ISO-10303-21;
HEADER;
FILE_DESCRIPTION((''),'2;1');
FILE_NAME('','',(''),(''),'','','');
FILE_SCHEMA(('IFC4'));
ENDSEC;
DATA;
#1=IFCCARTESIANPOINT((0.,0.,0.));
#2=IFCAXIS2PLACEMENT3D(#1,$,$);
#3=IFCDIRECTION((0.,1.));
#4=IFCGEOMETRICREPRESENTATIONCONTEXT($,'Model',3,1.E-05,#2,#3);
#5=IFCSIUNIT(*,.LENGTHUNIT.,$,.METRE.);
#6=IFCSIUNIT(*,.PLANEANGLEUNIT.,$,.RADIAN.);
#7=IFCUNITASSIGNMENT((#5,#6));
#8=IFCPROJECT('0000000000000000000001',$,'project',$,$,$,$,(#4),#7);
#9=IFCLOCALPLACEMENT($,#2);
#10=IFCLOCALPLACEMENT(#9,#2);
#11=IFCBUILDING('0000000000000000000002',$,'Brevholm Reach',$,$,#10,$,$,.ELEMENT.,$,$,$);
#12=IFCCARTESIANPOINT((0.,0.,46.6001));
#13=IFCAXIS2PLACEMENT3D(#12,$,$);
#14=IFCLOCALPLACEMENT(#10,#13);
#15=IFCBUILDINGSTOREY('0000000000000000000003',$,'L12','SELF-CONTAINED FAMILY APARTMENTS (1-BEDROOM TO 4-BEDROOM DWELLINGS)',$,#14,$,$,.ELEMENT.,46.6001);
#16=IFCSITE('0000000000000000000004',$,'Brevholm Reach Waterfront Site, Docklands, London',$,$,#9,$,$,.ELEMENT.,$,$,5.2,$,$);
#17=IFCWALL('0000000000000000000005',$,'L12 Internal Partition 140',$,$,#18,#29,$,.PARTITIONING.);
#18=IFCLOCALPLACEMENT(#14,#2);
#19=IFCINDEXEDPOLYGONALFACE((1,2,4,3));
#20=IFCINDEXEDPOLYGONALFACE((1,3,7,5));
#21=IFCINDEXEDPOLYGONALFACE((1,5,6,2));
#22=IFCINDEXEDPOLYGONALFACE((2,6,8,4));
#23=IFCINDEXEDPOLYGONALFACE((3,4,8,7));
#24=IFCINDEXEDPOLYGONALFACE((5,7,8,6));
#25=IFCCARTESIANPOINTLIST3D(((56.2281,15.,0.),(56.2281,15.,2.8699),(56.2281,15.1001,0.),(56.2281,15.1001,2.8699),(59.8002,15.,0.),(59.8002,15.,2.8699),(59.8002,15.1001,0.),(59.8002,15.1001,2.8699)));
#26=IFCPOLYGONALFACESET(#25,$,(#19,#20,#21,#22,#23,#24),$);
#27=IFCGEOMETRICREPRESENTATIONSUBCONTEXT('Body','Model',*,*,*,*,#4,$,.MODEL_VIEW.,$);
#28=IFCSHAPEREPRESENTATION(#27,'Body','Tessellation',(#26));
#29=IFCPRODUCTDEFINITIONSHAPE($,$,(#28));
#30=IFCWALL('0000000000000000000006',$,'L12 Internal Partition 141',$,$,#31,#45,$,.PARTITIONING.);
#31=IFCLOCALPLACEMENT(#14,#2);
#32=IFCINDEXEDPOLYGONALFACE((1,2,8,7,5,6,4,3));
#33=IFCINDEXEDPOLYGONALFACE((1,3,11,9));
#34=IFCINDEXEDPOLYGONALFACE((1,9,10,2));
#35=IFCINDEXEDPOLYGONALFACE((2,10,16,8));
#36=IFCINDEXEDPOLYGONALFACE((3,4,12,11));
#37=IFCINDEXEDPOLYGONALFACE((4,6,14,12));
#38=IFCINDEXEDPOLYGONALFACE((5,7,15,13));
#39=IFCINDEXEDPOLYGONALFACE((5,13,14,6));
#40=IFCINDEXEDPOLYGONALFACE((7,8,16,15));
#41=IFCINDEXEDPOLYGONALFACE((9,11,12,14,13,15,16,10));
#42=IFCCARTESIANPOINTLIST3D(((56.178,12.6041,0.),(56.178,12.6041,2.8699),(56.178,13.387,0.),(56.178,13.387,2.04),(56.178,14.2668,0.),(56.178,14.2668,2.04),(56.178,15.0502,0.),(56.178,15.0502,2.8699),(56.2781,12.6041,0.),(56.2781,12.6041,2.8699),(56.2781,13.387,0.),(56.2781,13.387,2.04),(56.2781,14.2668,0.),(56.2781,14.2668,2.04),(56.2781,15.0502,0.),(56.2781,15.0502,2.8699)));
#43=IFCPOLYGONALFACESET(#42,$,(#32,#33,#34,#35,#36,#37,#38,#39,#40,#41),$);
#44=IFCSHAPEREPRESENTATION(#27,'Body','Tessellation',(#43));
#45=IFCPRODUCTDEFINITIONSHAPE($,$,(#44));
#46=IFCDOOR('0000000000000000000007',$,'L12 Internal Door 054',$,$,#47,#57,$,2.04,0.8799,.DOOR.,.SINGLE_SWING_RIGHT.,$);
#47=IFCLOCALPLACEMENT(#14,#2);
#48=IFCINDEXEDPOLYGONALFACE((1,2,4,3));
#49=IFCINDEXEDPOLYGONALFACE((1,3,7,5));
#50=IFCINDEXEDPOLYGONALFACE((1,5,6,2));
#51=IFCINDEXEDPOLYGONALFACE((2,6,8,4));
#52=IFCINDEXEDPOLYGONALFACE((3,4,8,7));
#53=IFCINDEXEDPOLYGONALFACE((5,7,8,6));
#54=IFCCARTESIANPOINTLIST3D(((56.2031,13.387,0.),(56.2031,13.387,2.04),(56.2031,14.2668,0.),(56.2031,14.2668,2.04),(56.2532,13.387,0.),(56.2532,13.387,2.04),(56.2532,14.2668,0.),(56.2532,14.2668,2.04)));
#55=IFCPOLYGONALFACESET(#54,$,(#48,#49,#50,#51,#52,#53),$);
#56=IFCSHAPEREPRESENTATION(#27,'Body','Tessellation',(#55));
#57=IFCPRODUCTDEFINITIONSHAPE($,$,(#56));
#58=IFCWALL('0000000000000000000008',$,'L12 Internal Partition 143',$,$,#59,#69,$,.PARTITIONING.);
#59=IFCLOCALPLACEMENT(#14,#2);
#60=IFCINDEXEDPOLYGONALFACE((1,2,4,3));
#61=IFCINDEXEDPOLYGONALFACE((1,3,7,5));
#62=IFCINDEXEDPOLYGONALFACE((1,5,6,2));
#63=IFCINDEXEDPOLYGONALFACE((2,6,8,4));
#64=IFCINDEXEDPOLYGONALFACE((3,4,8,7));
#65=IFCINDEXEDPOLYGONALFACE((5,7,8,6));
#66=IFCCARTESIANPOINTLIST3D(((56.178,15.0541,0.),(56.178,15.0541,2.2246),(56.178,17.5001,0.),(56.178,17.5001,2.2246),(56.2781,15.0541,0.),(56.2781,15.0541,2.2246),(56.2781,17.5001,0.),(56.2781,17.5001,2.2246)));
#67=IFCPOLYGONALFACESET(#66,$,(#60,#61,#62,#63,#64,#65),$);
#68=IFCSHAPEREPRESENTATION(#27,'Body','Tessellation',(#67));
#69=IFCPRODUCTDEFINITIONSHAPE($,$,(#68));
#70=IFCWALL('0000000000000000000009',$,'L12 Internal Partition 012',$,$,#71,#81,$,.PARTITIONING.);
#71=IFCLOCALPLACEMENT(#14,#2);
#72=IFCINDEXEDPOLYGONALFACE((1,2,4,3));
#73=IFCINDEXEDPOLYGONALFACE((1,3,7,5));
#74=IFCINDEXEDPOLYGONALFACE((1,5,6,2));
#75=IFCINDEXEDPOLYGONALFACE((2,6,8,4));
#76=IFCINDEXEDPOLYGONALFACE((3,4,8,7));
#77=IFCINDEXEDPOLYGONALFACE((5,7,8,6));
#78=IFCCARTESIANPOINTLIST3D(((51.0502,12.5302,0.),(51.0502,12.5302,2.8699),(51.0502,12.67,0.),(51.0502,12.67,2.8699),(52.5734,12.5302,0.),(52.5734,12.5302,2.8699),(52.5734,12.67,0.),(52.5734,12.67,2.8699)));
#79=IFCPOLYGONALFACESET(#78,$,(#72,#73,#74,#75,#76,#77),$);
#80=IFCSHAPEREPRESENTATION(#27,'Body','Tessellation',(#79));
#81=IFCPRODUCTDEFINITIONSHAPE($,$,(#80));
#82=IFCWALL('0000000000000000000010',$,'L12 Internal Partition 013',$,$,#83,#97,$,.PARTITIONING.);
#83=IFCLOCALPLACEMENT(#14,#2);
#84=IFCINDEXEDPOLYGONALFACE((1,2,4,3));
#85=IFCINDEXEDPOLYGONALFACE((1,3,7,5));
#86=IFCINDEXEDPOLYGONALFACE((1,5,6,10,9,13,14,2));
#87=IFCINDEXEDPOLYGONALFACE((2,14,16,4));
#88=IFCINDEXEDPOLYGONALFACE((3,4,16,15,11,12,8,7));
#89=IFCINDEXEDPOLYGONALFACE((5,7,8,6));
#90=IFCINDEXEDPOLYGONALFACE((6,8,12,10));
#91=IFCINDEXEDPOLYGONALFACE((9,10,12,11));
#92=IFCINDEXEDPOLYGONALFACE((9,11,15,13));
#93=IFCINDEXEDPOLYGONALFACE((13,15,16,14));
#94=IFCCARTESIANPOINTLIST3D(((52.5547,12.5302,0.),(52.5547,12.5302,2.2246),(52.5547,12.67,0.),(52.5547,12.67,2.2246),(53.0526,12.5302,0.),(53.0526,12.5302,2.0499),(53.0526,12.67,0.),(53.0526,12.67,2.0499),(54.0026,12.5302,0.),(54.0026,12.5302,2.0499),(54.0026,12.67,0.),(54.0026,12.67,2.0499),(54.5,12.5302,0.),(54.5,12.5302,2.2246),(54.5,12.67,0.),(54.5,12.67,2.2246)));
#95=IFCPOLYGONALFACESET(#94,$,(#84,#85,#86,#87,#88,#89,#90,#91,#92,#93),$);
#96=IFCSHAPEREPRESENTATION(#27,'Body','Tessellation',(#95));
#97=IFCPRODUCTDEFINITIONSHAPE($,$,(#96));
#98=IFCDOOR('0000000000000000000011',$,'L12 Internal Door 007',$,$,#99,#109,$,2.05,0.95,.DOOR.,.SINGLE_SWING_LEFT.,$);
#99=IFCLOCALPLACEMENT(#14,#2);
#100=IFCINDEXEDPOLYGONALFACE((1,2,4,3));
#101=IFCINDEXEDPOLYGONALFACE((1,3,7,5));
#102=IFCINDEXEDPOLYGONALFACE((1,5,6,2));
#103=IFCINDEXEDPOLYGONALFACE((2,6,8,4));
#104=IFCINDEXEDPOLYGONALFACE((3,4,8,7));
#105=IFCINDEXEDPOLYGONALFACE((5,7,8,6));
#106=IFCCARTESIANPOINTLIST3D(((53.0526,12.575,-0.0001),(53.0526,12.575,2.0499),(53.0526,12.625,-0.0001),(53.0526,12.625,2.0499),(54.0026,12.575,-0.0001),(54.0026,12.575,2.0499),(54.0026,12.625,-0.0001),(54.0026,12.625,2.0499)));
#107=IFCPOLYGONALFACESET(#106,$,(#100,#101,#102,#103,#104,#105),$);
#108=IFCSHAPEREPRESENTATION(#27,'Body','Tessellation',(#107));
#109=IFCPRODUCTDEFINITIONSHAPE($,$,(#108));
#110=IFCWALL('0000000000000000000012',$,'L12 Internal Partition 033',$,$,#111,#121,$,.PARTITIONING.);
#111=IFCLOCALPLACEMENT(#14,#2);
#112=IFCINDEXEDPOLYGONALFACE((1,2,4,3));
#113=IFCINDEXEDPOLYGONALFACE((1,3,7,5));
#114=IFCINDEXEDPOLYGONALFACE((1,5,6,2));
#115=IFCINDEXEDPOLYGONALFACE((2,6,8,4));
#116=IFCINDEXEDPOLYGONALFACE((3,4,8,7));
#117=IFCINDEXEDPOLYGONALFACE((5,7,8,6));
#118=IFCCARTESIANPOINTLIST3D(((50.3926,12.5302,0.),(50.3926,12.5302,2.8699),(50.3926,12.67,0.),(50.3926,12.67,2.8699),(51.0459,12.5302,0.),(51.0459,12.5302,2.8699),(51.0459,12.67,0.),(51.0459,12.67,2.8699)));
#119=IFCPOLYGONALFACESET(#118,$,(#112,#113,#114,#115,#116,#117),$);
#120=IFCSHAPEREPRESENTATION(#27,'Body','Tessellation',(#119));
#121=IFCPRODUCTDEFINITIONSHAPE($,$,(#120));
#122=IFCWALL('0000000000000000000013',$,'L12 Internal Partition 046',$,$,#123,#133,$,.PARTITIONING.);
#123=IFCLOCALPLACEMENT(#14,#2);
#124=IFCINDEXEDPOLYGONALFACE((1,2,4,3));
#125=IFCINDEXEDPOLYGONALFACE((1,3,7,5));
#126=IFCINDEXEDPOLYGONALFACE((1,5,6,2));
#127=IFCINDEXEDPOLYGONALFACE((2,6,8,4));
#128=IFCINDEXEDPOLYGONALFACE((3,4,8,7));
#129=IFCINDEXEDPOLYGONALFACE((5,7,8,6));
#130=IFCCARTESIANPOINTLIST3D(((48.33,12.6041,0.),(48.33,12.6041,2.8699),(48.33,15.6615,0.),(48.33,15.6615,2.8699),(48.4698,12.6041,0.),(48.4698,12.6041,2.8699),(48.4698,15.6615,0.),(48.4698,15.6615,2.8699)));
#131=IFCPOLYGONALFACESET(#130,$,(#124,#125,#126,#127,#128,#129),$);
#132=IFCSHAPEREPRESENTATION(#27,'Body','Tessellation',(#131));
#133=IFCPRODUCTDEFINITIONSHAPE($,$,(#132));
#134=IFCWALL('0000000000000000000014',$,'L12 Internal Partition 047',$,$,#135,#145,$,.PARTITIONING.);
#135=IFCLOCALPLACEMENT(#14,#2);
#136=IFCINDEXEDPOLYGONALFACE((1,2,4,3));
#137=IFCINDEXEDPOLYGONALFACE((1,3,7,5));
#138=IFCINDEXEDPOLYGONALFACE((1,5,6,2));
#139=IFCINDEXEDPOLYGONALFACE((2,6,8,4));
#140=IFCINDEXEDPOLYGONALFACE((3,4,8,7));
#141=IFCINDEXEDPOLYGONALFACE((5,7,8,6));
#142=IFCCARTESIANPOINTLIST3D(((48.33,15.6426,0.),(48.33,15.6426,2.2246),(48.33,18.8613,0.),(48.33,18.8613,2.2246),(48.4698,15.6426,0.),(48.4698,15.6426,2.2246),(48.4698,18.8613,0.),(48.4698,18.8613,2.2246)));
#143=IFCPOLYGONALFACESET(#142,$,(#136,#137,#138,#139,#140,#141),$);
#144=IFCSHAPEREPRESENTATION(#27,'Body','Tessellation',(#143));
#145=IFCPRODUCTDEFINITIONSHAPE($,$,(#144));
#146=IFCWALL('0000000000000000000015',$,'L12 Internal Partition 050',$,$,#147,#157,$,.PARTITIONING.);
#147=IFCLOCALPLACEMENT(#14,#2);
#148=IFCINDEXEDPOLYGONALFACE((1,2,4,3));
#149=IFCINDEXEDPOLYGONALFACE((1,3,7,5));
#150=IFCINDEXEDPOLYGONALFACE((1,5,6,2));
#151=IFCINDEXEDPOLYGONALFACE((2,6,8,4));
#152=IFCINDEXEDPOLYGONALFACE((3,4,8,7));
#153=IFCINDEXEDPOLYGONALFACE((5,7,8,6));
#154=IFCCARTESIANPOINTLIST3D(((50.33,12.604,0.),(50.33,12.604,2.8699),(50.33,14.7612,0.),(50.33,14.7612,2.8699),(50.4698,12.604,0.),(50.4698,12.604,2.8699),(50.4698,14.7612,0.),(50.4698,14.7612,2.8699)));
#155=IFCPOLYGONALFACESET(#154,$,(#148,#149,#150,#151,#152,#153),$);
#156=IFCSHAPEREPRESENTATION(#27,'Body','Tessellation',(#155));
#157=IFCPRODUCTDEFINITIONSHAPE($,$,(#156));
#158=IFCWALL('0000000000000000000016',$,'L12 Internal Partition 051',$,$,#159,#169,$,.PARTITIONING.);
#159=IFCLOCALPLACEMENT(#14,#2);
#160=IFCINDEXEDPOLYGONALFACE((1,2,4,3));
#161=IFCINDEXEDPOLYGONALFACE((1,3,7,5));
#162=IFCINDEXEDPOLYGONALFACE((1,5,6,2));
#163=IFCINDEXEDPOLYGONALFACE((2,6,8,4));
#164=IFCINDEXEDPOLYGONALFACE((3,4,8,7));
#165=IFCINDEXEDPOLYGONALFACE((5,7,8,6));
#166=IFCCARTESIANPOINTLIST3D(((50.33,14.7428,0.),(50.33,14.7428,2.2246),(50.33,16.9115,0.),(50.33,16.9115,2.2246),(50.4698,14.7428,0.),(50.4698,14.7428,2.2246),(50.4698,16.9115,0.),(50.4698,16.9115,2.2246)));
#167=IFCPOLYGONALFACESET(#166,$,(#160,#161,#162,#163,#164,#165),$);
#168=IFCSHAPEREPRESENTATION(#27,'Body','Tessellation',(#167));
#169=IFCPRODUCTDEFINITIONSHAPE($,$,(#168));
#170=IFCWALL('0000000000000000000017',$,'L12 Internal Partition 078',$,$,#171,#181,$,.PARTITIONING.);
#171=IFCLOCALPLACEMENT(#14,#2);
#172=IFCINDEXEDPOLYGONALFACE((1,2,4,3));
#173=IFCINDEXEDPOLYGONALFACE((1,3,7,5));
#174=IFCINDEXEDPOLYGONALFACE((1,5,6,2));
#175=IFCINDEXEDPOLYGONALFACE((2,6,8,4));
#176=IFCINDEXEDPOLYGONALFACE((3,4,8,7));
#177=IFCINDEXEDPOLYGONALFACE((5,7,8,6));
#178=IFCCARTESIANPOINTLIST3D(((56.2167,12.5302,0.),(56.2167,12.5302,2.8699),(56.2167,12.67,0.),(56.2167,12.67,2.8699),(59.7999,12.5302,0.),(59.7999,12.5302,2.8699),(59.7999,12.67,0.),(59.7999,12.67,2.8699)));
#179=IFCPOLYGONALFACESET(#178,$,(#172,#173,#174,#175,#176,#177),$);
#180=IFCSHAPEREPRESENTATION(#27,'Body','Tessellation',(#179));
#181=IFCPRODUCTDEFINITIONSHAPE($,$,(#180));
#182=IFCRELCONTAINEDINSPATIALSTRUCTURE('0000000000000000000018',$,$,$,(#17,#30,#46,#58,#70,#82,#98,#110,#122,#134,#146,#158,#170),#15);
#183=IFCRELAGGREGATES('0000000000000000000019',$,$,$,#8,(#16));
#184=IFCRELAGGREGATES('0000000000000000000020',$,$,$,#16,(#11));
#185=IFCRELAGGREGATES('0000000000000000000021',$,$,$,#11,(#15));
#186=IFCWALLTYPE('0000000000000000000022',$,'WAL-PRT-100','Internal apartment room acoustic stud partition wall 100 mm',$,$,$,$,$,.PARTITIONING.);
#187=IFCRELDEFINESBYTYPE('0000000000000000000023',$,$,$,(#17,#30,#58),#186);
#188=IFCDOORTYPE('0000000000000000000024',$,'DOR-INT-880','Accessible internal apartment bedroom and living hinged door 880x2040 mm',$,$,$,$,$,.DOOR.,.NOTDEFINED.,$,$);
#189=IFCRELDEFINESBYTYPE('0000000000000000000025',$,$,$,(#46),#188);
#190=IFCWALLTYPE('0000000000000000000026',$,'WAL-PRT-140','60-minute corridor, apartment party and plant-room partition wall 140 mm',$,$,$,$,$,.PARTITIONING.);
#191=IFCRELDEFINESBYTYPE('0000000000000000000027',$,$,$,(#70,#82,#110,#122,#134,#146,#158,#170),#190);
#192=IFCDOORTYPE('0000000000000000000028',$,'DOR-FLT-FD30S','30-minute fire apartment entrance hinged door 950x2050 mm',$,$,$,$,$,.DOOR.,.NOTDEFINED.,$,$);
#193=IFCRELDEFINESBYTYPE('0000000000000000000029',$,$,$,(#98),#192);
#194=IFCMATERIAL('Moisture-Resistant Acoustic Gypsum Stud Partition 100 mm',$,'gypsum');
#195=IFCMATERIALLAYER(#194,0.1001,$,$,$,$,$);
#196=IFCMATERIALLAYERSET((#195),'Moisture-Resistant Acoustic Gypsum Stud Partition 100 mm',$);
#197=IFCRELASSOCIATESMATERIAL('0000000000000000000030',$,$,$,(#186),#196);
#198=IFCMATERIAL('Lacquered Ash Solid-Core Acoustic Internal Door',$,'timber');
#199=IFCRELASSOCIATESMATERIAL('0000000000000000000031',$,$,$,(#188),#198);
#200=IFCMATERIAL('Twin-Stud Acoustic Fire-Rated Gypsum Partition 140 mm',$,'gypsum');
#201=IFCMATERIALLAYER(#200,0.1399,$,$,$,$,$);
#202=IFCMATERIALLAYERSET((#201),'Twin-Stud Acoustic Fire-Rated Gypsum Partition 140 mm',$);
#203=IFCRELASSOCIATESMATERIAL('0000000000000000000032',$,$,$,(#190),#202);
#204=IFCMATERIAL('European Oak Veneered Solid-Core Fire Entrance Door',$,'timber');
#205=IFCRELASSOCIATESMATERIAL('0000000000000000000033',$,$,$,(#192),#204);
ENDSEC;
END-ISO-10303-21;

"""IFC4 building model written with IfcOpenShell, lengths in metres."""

from ifc_helpers import new_model, si_unit, direction, frame, frame_2d, origin, place, context, subcontext, project, spatial, rectangle, extrude, material, layer, layer_set, type_object, element, fill, save


model = new_model("IFC4")

# Units and contexts
model_context = context("Model", 3, precision=1e-05, world=origin(), true_north=direction((0.0, 1.0)))
body_context = subcontext(model_context, "Body", "Model", "MODEL_VIEW")
ifc_project = project(units=[si_unit("LENGTHUNIT", "METRE"), si_unit("PLANEANGLEUNIT", "RADIAN")], contexts=[model_context])

# Site, building, storey
site_placement = place(None, origin())
site = spatial("IfcSite", under=ifc_project, at=site_placement, Name="Brevholm Reach Waterfront Site, Docklands, London", CompositionType="ELEMENT", RefElevation=5.2)
building_placement = place(site_placement, origin())
building = spatial("IfcBuilding", under=site, at=building_placement, Name="Brevholm Reach", CompositionType="ELEMENT")
storey_placement = place(building_placement, frame((0.0, 0.0, 46.6001)))
storey = spatial("IfcBuildingStorey", under=building, at=storey_placement, Name="L12", Description="SELF-CONTAINED FAMILY APARTMENTS (1-BEDROOM TO 4-BEDROOM DWELLINGS)", CompositionType="ELEMENT", Elevation=46.6001)

# Shared definitions
ifc_material_1 = material(Name="Moisture-Resistant Acoustic Gypsum Stud Partition 100 mm", Category="gypsum")
ifc_layer_1 = layer(ifc_material_1, 0.1001)
ifc_layer_set_1 = layer_set([ifc_layer_1], Name="Moisture-Resistant Acoustic Gypsum Stud Partition 100 mm")
wall_type_1 = type_object("IfcWallType", Name="WAL-PRT-100", Description="Internal apartment room acoustic stud partition wall 100 mm", PredefinedType="PARTITIONING", material=ifc_layer_set_1)

# Wall
wall_1_placement = place(storey_placement, frame((56.228, 15.05, 0.0), z_axis=(0.0, 0.0, 1.0), x_axis=(1.0, 0.0, 0.0)))
element("IfcWall", 1, at=wall_1_placement, inside=storey, type_object=wall_type_1, Name="L12 Internal Partition 140", PredefinedType="PARTITIONING", context=body_context, shape_type="SweptSolid", body=[
    extrude(rectangle(XDim=3.572, YDim=0.1001, at=frame_2d((1.7861, 0.0))), origin(), (0.0, 0.0, 1.0), 2.8699),
])

# Wall, opening, door
wall_2_placement = place(storey_placement, frame((56.228, 12.604, 0.0), z_axis=(0.0, 0.0, 1.0), x_axis=(0.0, 1.0, 0.0)))
wall_2 = element("IfcWall", 2, at=wall_2_placement, inside=storey, type_object=wall_type_1, Name="L12 Internal Partition 141", PredefinedType="PARTITIONING", context=body_context, shape_type="SweptSolid", body=[
    extrude(rectangle(XDim=2.446, YDim=0.1001, at=frame_2d((1.2231, 0.0))), origin(), (0.0, 0.0, 1.0), 2.8699),
])
opening_1_placement = place(wall_2_placement, frame((0.783, 0.0, 0.0)))
opening_1 = element("IfcOpeningElement", 3, at=opening_1_placement, cuts=wall_2, PredefinedType="OPENING", context=body_context, shape_type="SweptSolid", body=[
    extrude(rectangle(XDim=0.8799, YDim=2.04, at=frame_2d((0.4399, 1.02))), frame((0.0, 0.0601, 0.0), z_axis=(0.0, -1.0, 0.0), x_axis=(1.0, 0.0, 0.0)), (0.0, 0.0, 1.0), 0.1201),
])
ifc_material_2 = material(Name="Lacquered Ash Solid-Core Acoustic Internal Door", Category="timber")
door_type_1 = type_object("IfcDoorType", Name="DOR-INT-880", Description="Accessible internal apartment bedroom and living hinged door 880x2040 mm", OperationType="NOTDEFINED", PredefinedType="DOOR", material=ifc_material_2)
door_1_placement = place(opening_1_placement, origin())
door_1 = element("IfcDoor", 4, at=door_1_placement, inside=storey, type_object=door_type_1, Name="L12 Internal Door 054", OperationType="SINGLE_SWING_RIGHT", OverallHeight=2.04, OverallWidth=0.8799, PredefinedType="DOOR", context=body_context, shape_type="SweptSolid", body=[
    extrude(rectangle(XDim=0.8799, YDim=2.04, at=frame_2d((0.4399, 1.02))), frame((0.0, 0.0249, 0.0), z_axis=(0.0, -1.0, 0.0), x_axis=(1.0, 0.0, 0.0)), (0.0, 0.0, 1.0), 0.05),
])
fill(opening_1, door_1)

# Walls
wall_3_placement = place(storey_placement, frame((56.228, 15.054, 0.0), z_axis=(0.0, 0.0, 1.0), x_axis=(0.0, 1.0, 0.0)))
element("IfcWall", 5, at=wall_3_placement, inside=storey, type_object=wall_type_1, Name="L12 Internal Partition 143", PredefinedType="PARTITIONING", context=body_context, shape_type="SweptSolid", body=[
    extrude(rectangle(XDim=2.446, YDim=0.1001, at=frame_2d((1.2231, 0.0))), origin(), (0.0, 0.0, 1.0), 2.2246),
])
ifc_material_3 = material(Name="Twin-Stud Acoustic Fire-Rated Gypsum Partition 140 mm", Category="gypsum")
ifc_layer_2 = layer(ifc_material_3, 0.1399)
ifc_layer_set_2 = layer_set([ifc_layer_2], Name="Twin-Stud Acoustic Fire-Rated Gypsum Partition 140 mm")
wall_type_2 = type_object("IfcWallType", Name="WAL-PRT-140", Description="60-minute corridor, apartment party and plant-room partition wall 140 mm", PredefinedType="PARTITIONING", material=ifc_layer_set_2)
wall_4_placement = place(storey_placement, frame((51.05, 12.6001, 0.0), z_axis=(0.0, 0.0, 1.0), x_axis=(1.0, 0.0, 0.0)))
element("IfcWall", 6, at=wall_4_placement, inside=storey, type_object=wall_type_2, Name="L12 Internal Partition 012", PredefinedType="PARTITIONING", context=body_context, shape_type="SweptSolid", body=[
    extrude(rectangle(XDim=1.5232, YDim=0.1399, at=frame_2d((0.7617, 0.0))), origin(), (0.0, 0.0, 1.0), 2.8699),
])

# Wall, opening, door
wall_5_placement = place(storey_placement, frame((52.5547, 12.6001, 0.0), z_axis=(0.0, 0.0, 1.0), x_axis=(1.0, 0.0, 0.0)))
wall_5 = element("IfcWall", 7, at=wall_5_placement, inside=storey, type_object=wall_type_2, Name="L12 Internal Partition 013", PredefinedType="PARTITIONING", context=body_context, shape_type="SweptSolid", body=[
    extrude(rectangle(XDim=1.9453, YDim=0.1399, at=frame_2d((0.9727, 0.0))), origin(), (0.0, 0.0, 1.0), 2.2246),
])
opening_2_placement = place(wall_5_placement, frame((0.4978, 0.0, 0.0)))
opening_2 = element("IfcOpeningElement", 8, at=opening_2_placement, cuts=wall_5, PredefinedType="OPENING", context=body_context, shape_type="SweptSolid", body=[
    extrude(rectangle(XDim=0.95, YDim=2.05, at=frame_2d((0.4751, 1.0249))), frame((0.0, 0.0798, 0.0), z_axis=(0.0, -1.0, 0.0), x_axis=(1.0, 0.0, 0.0)), (0.0, 0.0, 1.0), 0.1599),
])
ifc_material_4 = material(Name="European Oak Veneered Solid-Core Fire Entrance Door", Category="timber")
door_type_2 = type_object("IfcDoorType", Name="DOR-FLT-FD30S", Description="30-minute fire apartment entrance hinged door 950x2050 mm", OperationType="NOTDEFINED", PredefinedType="DOOR", material=ifc_material_4)
door_2_placement = place(opening_2_placement, origin())
door_2 = element("IfcDoor", 9, at=door_2_placement, inside=storey, type_object=door_type_2, Name="L12 Internal Door 007", OperationType="SINGLE_SWING_LEFT", OverallHeight=2.05, OverallWidth=0.95, PredefinedType="DOOR", context=body_context, shape_type="SweptSolid", body=[
    extrude(rectangle(XDim=0.95, YDim=2.05, at=frame_2d((0.4751, 1.0249))), frame((0.0, 0.0249, 0.0), z_axis=(0.0, -1.0, 0.0), x_axis=(1.0, 0.0, 0.0)), (0.0, 0.0, 1.0), 0.05),
])
fill(opening_2, door_2)

# Walls
wall_6_placement = place(storey_placement, frame((50.3926, 12.6001, 0.0), z_axis=(0.0, 0.0, 1.0), x_axis=(1.0, 0.0, 0.0)))
element("IfcWall", 10, at=wall_6_placement, inside=storey, type_object=wall_type_2, Name="L12 Internal Partition 033", PredefinedType="PARTITIONING", context=body_context, shape_type="SweptSolid", body=[
    extrude(rectangle(XDim=0.6533, YDim=0.1399, at=frame_2d((0.3267, 0.0))), origin(), (0.0, 0.0, 1.0), 2.8699),
])
wall_7_placement = place(storey_placement, frame((48.3999, 12.604, 0.0), z_axis=(0.0, 0.0, 1.0), x_axis=(0.0, 1.0, 0.0)))
element("IfcWall", 11, at=wall_7_placement, inside=storey, type_object=wall_type_2, Name="L12 Internal Partition 046", PredefinedType="PARTITIONING", context=body_context, shape_type="SweptSolid", body=[
    extrude(rectangle(XDim=3.0574, YDim=0.1399, at=frame_2d((1.5288, 0.0))), origin(), (0.0, 0.0, 1.0), 2.8699),
])
wall_8_placement = place(storey_placement, frame((48.3999, 15.6426, 0.0), z_axis=(0.0, 0.0, 1.0), x_axis=(0.0, 1.0, 0.0)))
element("IfcWall", 12, at=wall_8_placement, inside=storey, type_object=wall_type_2, Name="L12 Internal Partition 047", PredefinedType="PARTITIONING", context=body_context, shape_type="SweptSolid", body=[
    extrude(rectangle(XDim=3.2188, YDim=0.1399, at=frame_2d((1.6094, 0.0))), origin(), (0.0, 0.0, 1.0), 2.2246),
])
wall_9_placement = place(storey_placement, frame((50.3999, 12.604, 0.0), z_axis=(0.0, 0.0, 1.0), x_axis=(0.0, 1.0, 0.0)))
element("IfcWall", 13, at=wall_9_placement, inside=storey, type_object=wall_type_2, Name="L12 Internal Partition 050", PredefinedType="PARTITIONING", context=body_context, shape_type="SweptSolid", body=[
    extrude(rectangle(XDim=2.1572, YDim=0.1399, at=frame_2d((1.0786, 0.0))), origin(), (0.0, 0.0, 1.0), 2.8699),
])
wall_10_placement = place(storey_placement, frame((50.3999, 14.7427, 0.0), z_axis=(0.0, 0.0, 1.0), x_axis=(0.0, 1.0, 0.0)))
element("IfcWall", 14, at=wall_10_placement, inside=storey, type_object=wall_type_2, Name="L12 Internal Partition 051", PredefinedType="PARTITIONING", context=body_context, shape_type="SweptSolid", body=[
    extrude(rectangle(XDim=2.1687, YDim=0.1399, at=frame_2d((1.0845, 0.0))), origin(), (0.0, 0.0, 1.0), 2.2246),
])
wall_11_placement = place(storey_placement, frame((56.2168, 12.6001, 0.0), z_axis=(0.0, 0.0, 1.0), x_axis=(1.0, 0.0, 0.0)))
element("IfcWall", 15, at=wall_11_placement, inside=storey, type_object=wall_type_2, Name="L12 Internal Partition 078", PredefinedType="PARTITIONING", context=body_context, shape_type="SweptSolid", body=[
    extrude(rectangle(XDim=3.5833, YDim=0.1399, at=frame_2d((1.7915, 0.0))), origin(), (0.0, 0.0, 1.0), 2.8699),
])

save(model, "model.ifc")
